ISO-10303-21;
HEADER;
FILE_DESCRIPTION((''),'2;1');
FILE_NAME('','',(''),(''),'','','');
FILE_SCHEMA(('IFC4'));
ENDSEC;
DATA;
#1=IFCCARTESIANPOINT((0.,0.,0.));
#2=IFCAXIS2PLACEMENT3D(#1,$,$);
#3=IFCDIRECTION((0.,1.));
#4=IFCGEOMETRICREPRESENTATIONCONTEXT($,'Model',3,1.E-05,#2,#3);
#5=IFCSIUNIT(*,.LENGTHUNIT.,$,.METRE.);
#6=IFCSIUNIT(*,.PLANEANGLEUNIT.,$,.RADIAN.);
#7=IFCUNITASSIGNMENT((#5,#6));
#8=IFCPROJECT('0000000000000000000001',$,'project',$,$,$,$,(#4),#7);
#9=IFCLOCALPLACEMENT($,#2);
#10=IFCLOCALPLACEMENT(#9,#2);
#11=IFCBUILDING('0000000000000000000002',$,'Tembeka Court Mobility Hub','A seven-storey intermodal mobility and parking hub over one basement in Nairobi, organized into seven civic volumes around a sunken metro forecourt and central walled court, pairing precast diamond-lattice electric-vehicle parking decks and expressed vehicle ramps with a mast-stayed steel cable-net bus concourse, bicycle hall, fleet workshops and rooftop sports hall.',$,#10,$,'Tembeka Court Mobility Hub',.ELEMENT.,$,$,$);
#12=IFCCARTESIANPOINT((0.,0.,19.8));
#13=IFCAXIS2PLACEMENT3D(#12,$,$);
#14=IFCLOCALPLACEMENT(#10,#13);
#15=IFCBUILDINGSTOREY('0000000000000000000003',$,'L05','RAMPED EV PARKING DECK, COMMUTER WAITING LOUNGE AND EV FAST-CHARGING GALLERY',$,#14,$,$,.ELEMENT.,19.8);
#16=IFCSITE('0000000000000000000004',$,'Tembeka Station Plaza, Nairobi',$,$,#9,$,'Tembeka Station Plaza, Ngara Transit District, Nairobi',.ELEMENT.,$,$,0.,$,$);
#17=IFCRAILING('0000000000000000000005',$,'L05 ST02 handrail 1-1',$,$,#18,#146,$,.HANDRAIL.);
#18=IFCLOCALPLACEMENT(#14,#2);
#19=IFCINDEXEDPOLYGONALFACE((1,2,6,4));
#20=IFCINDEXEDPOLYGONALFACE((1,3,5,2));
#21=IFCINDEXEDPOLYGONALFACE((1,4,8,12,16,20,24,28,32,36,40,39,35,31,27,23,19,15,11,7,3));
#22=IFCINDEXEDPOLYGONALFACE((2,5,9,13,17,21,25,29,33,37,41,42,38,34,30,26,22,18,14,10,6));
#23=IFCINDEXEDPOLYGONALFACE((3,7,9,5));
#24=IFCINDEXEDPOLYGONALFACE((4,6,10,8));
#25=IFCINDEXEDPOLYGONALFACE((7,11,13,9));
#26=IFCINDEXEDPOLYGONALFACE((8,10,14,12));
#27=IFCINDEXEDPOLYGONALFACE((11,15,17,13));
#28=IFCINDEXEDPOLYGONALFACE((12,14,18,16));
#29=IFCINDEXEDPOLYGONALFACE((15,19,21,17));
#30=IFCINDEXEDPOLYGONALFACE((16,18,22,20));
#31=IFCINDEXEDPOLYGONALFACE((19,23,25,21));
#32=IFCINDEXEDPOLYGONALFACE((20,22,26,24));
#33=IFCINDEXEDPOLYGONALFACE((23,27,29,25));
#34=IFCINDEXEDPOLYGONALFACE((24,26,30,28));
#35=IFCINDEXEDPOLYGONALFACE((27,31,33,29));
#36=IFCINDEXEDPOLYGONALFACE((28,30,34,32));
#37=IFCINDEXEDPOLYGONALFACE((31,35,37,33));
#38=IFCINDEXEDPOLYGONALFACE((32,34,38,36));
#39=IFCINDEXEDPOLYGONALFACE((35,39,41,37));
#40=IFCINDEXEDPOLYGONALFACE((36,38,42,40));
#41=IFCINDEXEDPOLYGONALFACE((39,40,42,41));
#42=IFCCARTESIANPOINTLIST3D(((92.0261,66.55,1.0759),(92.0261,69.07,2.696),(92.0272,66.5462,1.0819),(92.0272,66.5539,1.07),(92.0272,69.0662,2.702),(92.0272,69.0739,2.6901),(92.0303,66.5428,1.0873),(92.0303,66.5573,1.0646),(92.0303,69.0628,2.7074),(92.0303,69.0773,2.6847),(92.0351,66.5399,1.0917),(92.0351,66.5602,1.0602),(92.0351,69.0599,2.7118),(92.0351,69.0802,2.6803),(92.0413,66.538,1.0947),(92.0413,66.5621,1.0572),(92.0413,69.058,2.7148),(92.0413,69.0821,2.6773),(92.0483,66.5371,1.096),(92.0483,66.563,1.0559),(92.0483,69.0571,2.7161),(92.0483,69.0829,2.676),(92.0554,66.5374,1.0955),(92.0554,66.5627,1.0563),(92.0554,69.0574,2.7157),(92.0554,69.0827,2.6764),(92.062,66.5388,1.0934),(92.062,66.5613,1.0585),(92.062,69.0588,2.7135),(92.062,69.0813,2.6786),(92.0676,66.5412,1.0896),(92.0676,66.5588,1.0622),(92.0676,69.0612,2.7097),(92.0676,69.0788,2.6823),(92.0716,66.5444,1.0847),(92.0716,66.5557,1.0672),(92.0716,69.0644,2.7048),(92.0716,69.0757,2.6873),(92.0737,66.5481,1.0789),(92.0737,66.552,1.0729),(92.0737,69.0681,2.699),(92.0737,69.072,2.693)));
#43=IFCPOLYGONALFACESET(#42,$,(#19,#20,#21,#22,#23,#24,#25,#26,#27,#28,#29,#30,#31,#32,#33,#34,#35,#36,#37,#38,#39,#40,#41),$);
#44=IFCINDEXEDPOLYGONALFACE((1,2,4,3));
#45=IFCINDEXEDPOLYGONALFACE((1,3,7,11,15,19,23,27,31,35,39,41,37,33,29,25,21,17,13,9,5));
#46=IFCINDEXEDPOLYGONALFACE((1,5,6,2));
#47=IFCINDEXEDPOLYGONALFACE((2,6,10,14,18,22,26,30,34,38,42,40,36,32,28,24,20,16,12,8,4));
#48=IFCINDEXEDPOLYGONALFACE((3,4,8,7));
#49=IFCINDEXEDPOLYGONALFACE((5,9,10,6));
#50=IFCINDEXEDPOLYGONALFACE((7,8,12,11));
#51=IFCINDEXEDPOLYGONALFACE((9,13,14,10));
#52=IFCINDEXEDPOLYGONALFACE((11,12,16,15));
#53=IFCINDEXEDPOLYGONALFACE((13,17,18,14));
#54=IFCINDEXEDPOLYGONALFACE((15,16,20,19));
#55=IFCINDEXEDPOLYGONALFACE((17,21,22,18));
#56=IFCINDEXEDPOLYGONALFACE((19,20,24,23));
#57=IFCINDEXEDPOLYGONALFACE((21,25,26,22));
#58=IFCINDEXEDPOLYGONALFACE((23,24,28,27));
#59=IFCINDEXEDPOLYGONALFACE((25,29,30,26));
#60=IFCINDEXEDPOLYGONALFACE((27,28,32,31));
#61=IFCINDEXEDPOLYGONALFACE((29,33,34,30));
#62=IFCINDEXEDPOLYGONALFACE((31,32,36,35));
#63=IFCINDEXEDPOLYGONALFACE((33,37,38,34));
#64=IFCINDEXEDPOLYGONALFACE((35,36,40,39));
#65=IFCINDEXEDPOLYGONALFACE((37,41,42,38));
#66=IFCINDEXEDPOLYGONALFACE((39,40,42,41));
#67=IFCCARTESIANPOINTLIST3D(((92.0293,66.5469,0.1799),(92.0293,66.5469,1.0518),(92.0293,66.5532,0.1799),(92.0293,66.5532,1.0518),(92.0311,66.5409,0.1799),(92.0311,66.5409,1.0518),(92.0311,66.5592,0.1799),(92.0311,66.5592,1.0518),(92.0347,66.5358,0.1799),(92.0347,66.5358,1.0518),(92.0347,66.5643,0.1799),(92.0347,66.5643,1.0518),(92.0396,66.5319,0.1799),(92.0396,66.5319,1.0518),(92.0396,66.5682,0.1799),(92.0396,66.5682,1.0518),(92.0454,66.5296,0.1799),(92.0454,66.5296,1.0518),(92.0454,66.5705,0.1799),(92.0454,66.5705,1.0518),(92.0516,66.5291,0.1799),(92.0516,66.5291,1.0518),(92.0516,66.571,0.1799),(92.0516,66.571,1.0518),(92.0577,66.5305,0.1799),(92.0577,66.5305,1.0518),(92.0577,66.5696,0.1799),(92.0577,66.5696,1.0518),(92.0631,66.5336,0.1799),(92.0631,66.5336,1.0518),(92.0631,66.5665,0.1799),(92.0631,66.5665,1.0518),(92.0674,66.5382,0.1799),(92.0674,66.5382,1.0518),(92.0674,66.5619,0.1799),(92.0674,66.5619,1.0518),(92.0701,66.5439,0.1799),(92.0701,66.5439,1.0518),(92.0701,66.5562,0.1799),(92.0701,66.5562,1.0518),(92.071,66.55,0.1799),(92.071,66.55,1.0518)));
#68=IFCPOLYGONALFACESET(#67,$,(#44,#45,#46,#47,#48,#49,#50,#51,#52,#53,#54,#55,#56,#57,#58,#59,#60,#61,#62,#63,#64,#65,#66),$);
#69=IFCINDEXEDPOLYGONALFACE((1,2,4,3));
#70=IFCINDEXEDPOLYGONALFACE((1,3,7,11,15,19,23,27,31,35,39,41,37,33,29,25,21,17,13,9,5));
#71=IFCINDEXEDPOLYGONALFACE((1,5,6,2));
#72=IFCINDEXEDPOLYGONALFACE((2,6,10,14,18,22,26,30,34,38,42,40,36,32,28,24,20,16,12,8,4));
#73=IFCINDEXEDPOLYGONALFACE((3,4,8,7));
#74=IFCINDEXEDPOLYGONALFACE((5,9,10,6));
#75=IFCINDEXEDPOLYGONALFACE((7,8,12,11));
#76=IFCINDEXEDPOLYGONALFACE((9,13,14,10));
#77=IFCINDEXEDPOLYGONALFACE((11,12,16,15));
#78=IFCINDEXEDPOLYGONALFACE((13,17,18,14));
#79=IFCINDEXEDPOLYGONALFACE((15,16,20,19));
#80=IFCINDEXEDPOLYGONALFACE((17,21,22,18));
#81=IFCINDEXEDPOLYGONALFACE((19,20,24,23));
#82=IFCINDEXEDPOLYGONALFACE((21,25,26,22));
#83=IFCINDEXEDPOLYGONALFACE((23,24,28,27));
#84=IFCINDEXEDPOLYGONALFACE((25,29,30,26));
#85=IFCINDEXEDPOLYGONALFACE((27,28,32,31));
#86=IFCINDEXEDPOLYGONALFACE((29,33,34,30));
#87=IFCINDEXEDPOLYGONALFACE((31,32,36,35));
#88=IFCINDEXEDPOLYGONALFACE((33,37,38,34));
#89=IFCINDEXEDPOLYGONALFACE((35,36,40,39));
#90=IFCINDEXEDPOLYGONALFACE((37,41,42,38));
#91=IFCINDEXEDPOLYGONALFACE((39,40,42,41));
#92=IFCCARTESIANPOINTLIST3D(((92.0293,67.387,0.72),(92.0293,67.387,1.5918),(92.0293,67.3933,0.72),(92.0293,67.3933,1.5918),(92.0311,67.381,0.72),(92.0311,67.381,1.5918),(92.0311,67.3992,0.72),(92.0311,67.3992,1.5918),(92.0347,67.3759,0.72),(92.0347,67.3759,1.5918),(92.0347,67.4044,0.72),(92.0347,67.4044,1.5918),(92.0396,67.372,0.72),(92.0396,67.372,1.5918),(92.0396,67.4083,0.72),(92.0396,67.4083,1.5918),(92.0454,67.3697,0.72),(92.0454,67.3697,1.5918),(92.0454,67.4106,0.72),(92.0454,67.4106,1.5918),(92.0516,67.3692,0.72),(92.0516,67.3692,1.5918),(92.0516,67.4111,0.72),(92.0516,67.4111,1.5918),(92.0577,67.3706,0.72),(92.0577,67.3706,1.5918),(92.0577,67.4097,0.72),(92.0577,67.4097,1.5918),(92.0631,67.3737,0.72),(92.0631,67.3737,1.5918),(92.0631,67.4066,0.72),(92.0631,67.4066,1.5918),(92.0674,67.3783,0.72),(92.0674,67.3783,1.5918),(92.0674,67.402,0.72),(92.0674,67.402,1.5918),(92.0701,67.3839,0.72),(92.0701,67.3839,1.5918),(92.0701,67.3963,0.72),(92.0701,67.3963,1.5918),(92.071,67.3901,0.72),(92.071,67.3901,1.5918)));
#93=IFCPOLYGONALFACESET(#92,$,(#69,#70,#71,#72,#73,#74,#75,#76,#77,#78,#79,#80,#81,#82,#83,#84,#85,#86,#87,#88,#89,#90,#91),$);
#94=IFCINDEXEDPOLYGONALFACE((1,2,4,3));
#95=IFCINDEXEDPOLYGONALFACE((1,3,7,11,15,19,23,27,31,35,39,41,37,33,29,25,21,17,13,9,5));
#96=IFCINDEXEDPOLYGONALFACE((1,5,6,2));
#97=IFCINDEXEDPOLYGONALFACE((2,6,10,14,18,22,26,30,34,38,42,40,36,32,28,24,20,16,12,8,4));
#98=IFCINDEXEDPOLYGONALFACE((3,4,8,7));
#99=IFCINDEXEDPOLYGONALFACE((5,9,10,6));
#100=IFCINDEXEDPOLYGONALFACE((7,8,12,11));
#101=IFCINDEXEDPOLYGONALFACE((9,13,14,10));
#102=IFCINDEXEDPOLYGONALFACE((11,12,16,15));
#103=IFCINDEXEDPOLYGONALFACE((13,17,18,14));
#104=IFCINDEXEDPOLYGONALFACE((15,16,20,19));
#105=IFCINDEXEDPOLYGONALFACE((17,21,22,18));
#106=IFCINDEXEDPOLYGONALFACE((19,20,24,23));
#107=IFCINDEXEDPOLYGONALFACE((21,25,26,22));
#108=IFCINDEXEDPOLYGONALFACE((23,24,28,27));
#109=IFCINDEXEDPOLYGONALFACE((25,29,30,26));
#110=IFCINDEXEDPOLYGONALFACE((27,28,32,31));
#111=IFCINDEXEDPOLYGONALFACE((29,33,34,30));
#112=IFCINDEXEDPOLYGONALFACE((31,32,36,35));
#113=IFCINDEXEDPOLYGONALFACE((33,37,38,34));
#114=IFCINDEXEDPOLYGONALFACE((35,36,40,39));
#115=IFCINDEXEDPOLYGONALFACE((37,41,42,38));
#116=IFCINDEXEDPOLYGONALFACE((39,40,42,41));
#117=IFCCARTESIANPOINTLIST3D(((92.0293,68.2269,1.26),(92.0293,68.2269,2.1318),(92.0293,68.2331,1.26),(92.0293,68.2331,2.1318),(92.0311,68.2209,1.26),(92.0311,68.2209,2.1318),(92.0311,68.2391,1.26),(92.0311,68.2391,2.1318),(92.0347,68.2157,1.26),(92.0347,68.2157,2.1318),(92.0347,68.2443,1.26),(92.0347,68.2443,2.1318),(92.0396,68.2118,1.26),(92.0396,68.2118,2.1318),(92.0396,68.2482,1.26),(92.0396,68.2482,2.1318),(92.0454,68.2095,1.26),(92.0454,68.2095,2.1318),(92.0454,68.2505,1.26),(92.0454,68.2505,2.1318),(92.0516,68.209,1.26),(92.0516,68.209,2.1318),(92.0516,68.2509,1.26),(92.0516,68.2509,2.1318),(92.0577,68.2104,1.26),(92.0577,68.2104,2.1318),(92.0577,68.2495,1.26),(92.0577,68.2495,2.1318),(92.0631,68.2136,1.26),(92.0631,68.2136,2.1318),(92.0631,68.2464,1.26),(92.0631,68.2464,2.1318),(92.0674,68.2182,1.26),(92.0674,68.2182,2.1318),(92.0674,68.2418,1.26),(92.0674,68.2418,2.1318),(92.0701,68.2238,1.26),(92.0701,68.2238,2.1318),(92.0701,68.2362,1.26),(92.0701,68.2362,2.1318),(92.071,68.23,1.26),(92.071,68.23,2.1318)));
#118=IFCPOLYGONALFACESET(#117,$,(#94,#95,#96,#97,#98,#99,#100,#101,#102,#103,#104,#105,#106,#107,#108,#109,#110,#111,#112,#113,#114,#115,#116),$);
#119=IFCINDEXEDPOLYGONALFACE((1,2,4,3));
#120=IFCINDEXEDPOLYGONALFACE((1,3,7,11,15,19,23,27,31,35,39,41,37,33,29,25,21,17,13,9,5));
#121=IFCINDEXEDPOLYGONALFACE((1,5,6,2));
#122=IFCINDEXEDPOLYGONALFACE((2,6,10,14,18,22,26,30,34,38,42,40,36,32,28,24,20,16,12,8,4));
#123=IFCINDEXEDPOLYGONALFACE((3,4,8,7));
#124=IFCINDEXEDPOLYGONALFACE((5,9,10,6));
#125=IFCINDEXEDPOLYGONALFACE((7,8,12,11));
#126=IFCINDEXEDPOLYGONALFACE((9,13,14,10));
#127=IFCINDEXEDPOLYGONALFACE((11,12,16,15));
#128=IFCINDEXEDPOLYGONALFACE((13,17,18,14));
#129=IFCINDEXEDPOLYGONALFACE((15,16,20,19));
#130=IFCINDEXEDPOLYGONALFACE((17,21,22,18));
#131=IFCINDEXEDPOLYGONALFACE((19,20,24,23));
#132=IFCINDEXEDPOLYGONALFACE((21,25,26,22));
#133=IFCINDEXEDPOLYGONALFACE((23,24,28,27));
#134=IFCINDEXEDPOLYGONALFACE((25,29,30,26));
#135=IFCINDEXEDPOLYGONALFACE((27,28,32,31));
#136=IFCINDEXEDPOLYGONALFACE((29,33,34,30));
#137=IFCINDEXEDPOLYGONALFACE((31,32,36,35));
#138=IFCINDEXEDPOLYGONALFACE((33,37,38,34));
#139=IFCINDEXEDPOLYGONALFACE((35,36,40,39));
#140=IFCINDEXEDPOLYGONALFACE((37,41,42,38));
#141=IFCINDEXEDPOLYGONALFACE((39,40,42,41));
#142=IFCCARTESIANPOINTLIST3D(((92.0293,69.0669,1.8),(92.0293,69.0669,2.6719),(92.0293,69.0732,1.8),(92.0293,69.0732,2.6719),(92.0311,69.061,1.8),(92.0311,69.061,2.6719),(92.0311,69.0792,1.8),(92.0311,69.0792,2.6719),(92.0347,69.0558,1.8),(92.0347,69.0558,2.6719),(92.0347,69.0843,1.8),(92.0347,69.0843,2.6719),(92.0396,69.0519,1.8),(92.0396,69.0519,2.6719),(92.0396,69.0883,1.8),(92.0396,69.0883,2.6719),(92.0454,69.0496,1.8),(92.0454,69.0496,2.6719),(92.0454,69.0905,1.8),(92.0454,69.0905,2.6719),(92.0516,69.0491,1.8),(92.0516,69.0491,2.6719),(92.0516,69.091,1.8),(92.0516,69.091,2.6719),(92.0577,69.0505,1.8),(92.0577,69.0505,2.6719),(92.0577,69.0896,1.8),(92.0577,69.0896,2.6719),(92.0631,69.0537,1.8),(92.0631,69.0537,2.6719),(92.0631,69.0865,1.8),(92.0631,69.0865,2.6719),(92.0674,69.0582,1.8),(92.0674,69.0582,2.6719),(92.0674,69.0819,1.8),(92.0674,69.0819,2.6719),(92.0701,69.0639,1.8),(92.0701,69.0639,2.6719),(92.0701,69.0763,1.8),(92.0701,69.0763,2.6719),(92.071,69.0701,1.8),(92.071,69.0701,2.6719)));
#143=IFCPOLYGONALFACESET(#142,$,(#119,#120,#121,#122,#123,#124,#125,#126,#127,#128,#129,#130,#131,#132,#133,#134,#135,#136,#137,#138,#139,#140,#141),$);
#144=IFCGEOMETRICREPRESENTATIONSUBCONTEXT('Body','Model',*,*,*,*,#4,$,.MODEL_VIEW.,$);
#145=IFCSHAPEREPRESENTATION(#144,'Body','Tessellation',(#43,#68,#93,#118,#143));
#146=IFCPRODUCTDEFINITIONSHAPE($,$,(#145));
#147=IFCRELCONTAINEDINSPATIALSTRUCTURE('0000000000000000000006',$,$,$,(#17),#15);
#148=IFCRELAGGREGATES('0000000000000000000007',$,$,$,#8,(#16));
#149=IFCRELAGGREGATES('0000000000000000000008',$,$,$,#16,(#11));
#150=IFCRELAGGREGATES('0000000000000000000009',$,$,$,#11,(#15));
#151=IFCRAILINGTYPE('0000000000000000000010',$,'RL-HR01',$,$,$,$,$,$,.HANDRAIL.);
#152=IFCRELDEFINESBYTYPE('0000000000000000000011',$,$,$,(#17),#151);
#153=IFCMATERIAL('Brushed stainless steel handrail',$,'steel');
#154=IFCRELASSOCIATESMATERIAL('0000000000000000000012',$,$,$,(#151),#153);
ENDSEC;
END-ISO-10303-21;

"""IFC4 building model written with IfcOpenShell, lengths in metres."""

from ifc_helpers import new_model, si_unit, direction, frame, origin, origin_2d, place, context, subcontext, project, spatial, circle, extrude, material, type_object, element, save


model = new_model("IFC4")

# Units and contexts
model_context = context("Model", 3, precision=1e-05, world=origin(), true_north=direction((0.0, 1.0)))
body_context = subcontext(model_context, "Body", "Model", "MODEL_VIEW")
ifc_project = project(units=[si_unit("LENGTHUNIT", "METRE"), si_unit("PLANEANGLEUNIT", "RADIAN")], contexts=[model_context])

# Site, building, storey
site_placement = place(None, origin())
site = spatial("IfcSite", under=ifc_project, at=site_placement, Name="Tembeka Station Plaza, Nairobi", LongName="Tembeka Station Plaza, Ngara Transit District, Nairobi", CompositionType="ELEMENT", RefElevation=0.0)
building_placement = place(site_placement, origin())
building = spatial("IfcBuilding", under=site, at=building_placement, Name="Tembeka Court Mobility Hub", Description="A seven-storey intermodal mobility and parking hub over one basement in Nairobi, organized into seven civic volumes around a sunken metro forecourt and central walled court, pairing precast diamond-lattice electric-vehicle parking decks and expressed vehicle ramps with a mast-stayed steel cable-net bus concourse, bicycle hall, fleet workshops and rooftop sports hall.", LongName="Tembeka Court Mobility Hub", CompositionType="ELEMENT")
storey_placement = place(building_placement, frame((0.0, 0.0, 19.8)))
storey = spatial("IfcBuildingStorey", under=building, at=storey_placement, Name="L05", Description="RAMPED EV PARKING DECK, COMMUTER WAITING LOUNGE AND EV FAST-CHARGING GALLERY", CompositionType="ELEMENT", Elevation=19.8)

# Railing
ifc_material_1 = material(Name="Brushed stainless steel handrail", Category="steel")
railing_type_1 = type_object("IfcRailingType", Name="RL-HR01", PredefinedType="HANDRAIL", material=ifc_material_1)
railing_1_placement = place(storey_placement, frame((92.05, 66.55, 0.1799)))
element("IfcRailing", 1, at=railing_1_placement, inside=storey, type_object=railing_type_1, Name="L05 ST02 handrail 1-1", PredefinedType="HANDRAIL", context=body_context, shape_type="SweptSolid", body=[
    extrude(circle(Radius=0.0239, at=origin_2d()), frame((0.0, 0.0, 0.896), z_axis=(0.0, 0.841163, 0.540782), x_axis=(-1.0, 0.0, 0.0)), (0.0, 0.0, 1.0), 2.9958),
    extrude(circle(Radius=0.021, at=origin_2d()), origin(), (0.0, 0.0, 1.0), 0.8718),
    extrude(circle(Radius=0.021, at=origin_2d()), frame((0.0, 0.8401, 0.54)), (0.0, 0.0, 1.0), 0.8718),
    extrude(circle(Radius=0.021, at=origin_2d()), frame((0.0, 1.6799, 1.0801)), (0.0, 0.0, 1.0), 0.8718),
    extrude(circle(Radius=0.021, at=origin_2d()), frame((0.0, 2.52, 1.6201)), (0.0, 0.0, 1.0), 0.8718),
])

save(model, "model.ifc")
